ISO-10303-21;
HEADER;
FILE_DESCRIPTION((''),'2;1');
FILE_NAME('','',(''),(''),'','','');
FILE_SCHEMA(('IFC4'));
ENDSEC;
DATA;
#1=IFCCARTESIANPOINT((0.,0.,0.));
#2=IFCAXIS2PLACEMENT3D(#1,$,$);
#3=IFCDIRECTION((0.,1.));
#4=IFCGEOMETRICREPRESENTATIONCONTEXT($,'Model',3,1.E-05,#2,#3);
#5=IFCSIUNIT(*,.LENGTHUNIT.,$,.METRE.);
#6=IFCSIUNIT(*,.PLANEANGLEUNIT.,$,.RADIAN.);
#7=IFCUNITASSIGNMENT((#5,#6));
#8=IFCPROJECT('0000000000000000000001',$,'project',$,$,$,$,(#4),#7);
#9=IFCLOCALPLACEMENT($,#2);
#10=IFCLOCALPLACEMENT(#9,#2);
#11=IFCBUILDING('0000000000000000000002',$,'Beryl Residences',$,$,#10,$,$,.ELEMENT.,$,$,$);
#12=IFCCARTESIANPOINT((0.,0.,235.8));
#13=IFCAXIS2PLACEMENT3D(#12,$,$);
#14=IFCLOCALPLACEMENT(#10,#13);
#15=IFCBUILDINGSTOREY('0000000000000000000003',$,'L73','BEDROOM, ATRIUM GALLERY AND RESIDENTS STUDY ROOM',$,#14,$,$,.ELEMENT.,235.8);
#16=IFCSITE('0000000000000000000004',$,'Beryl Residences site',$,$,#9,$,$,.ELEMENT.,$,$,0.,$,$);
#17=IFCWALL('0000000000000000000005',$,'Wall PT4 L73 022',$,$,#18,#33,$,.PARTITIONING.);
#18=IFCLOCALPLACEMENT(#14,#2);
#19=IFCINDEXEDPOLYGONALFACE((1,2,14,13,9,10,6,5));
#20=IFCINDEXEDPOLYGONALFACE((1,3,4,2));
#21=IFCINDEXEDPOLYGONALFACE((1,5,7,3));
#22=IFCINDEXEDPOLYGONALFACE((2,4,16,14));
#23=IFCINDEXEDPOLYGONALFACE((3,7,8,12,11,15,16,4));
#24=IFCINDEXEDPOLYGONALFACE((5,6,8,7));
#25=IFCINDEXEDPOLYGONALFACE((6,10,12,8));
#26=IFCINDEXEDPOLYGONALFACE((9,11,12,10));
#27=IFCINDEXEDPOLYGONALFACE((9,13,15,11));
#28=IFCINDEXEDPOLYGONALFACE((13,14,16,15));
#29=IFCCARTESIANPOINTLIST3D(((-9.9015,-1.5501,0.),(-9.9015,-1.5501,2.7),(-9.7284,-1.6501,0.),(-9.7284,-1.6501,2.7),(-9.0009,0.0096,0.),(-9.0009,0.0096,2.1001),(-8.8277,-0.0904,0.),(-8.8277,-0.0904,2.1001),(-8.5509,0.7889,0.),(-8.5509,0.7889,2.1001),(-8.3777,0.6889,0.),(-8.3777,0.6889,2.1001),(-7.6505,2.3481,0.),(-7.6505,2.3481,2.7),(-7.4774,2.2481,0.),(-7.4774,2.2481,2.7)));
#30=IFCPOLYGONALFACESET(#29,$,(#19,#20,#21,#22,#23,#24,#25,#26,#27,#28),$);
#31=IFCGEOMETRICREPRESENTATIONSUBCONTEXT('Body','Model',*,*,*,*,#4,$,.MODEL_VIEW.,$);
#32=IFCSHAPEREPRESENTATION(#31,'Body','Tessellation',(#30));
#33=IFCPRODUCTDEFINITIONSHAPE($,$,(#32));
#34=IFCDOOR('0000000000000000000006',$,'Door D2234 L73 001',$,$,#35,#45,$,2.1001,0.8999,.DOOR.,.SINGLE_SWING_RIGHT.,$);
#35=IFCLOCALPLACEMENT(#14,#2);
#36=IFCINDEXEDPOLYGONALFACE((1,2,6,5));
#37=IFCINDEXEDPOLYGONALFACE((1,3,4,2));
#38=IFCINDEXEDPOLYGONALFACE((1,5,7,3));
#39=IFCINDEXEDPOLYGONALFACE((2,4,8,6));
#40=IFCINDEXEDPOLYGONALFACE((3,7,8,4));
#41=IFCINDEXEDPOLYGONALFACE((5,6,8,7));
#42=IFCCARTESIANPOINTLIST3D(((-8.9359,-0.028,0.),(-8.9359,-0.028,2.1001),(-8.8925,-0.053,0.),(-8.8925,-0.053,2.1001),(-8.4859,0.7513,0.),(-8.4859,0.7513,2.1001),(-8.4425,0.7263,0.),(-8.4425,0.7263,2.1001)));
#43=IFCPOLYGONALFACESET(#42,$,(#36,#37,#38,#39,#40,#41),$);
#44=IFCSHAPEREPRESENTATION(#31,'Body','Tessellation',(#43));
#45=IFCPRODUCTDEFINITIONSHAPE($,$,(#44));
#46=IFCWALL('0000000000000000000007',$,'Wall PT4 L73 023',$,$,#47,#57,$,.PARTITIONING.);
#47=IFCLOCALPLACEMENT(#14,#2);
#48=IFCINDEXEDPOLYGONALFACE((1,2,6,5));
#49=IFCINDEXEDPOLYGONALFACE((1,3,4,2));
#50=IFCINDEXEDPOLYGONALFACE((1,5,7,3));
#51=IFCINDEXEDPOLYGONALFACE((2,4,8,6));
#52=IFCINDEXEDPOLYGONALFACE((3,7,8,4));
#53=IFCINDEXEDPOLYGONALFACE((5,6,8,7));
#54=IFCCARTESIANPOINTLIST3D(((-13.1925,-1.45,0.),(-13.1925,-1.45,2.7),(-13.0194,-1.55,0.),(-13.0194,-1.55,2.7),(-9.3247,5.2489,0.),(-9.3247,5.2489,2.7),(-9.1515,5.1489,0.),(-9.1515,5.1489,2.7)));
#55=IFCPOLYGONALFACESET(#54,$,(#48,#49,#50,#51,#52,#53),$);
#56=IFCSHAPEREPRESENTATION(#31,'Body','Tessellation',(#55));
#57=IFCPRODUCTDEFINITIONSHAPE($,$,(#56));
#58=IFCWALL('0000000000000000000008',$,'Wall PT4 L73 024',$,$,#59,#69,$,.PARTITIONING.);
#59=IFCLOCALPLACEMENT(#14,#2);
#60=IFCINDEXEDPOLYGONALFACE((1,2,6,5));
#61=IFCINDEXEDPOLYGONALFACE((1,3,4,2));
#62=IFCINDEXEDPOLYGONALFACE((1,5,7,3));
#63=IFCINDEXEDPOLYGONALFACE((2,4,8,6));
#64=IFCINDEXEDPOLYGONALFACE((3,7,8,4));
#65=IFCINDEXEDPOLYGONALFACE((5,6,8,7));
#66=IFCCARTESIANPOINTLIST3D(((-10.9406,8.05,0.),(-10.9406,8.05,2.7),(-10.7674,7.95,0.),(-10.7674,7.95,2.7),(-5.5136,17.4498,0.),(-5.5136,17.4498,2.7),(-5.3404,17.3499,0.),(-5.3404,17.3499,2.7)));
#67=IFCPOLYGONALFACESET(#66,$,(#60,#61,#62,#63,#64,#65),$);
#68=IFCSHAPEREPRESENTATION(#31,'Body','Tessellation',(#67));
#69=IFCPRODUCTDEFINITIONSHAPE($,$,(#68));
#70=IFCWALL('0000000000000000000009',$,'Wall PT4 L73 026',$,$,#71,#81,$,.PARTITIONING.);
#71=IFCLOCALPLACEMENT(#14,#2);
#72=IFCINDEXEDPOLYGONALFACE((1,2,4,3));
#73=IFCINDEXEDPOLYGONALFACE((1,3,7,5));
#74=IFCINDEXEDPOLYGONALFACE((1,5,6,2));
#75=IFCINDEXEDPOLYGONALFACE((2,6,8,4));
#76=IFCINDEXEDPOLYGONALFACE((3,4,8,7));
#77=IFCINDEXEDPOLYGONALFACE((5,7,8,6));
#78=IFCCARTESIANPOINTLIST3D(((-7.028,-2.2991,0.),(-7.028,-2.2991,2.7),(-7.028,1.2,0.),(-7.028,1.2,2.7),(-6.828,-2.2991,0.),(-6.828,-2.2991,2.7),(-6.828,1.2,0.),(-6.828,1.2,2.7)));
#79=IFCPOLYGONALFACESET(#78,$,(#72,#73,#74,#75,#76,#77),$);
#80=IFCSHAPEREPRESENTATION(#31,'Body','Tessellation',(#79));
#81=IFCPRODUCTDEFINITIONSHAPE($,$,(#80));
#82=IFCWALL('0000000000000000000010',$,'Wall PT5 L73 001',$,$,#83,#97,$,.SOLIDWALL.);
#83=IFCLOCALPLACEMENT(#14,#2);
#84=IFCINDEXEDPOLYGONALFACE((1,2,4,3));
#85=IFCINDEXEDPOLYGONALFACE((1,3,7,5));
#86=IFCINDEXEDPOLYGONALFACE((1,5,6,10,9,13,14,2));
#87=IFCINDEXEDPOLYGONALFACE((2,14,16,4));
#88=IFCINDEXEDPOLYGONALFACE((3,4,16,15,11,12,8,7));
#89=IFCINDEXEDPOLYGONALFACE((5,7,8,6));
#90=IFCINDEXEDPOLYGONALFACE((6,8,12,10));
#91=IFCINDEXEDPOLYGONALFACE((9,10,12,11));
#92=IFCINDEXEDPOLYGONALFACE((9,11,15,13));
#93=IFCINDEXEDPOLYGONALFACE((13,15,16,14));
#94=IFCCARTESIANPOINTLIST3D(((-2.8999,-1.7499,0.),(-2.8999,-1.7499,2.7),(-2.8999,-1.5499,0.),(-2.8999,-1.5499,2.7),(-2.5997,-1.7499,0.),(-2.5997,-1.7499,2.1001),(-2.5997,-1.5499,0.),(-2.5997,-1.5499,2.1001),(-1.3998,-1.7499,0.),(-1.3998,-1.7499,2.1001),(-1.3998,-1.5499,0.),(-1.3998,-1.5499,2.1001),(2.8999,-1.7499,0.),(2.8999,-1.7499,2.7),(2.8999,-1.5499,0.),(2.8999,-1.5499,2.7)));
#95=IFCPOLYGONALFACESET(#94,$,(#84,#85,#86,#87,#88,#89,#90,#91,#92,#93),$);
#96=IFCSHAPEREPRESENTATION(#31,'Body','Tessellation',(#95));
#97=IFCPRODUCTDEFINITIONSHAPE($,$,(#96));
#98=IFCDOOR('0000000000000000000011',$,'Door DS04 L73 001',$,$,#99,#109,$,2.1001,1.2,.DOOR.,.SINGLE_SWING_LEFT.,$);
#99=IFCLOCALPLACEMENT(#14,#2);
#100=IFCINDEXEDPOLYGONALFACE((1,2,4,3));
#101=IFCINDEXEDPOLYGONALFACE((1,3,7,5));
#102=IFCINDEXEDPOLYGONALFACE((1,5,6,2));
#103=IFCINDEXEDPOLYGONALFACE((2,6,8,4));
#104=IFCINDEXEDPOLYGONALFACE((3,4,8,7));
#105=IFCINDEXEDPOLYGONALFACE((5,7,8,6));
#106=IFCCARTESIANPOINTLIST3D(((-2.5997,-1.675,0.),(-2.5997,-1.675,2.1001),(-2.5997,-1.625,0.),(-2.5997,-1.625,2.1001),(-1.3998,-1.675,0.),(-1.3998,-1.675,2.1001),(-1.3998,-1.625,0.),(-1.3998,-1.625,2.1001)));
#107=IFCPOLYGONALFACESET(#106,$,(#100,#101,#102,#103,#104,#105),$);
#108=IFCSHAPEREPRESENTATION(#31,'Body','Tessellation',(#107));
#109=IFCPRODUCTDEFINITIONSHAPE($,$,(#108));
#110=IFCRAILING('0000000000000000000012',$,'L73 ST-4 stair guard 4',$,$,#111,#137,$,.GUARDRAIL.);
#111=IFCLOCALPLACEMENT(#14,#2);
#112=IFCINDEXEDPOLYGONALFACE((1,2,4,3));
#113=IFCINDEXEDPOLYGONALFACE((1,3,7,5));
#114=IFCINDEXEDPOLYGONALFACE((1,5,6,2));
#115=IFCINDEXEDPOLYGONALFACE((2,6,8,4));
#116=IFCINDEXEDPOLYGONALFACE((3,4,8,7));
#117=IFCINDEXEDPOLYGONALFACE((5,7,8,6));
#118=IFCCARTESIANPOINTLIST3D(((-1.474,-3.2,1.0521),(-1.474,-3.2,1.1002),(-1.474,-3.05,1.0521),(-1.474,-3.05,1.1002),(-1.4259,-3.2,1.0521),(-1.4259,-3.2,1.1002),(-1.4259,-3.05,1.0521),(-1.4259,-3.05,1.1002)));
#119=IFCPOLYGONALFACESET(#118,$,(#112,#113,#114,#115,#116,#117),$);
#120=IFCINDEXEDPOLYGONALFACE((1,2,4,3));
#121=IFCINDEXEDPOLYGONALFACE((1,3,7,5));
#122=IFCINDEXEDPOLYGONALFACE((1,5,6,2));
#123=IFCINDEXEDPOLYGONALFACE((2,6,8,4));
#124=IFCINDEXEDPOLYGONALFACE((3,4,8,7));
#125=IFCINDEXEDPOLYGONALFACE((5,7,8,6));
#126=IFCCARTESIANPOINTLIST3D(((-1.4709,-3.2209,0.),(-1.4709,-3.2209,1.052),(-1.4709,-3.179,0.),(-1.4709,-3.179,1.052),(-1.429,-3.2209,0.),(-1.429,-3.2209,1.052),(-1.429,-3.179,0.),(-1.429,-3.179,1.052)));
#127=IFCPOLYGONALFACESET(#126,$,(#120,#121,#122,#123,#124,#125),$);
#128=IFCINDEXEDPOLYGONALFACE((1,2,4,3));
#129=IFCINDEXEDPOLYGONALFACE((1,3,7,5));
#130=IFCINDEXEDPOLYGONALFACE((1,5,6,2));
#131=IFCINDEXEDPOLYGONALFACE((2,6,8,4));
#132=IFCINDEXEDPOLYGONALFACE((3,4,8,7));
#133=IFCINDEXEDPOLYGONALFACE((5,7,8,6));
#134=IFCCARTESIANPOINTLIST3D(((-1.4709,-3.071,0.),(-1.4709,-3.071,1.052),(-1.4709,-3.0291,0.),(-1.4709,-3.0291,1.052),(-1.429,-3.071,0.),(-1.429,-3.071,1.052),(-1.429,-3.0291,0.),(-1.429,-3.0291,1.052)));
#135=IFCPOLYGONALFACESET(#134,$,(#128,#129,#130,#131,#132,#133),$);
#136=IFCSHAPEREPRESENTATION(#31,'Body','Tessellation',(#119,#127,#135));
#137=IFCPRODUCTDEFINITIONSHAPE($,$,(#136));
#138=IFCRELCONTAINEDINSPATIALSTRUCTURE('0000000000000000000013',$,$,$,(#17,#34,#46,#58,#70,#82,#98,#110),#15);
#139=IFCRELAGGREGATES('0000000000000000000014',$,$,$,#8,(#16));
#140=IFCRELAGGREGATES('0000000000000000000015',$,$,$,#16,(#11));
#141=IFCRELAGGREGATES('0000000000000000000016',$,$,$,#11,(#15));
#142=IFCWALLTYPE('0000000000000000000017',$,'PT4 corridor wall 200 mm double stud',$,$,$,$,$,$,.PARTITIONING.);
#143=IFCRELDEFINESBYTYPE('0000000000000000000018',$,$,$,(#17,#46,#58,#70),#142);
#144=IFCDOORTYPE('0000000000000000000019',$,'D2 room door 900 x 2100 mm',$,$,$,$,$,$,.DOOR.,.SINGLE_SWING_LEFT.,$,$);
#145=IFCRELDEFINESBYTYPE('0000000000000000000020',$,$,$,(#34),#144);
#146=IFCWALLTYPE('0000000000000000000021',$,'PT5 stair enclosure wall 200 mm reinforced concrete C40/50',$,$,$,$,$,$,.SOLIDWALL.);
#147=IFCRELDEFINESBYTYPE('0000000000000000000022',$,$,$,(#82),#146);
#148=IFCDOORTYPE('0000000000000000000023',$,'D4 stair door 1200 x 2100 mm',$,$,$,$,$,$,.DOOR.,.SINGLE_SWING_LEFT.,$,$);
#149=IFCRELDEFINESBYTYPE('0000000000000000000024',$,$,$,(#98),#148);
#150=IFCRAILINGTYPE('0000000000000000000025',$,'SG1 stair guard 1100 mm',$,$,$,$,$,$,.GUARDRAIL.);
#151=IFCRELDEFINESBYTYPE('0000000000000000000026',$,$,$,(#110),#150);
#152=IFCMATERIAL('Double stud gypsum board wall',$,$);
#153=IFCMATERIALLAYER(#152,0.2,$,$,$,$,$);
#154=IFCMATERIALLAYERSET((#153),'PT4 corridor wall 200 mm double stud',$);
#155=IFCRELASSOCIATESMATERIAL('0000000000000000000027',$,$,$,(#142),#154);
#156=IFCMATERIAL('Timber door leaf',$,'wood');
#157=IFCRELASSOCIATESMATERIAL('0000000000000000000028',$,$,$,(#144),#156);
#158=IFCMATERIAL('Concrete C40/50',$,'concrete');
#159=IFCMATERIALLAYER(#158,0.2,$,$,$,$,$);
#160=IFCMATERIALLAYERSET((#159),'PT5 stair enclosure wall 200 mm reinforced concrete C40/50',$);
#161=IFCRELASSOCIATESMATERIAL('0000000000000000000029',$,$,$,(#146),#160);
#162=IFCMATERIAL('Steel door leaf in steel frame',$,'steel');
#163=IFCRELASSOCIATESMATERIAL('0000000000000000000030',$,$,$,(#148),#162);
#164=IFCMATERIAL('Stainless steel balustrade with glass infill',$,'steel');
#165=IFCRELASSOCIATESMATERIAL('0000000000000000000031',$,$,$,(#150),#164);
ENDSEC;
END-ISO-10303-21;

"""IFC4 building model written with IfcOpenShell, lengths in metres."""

from ifc_helpers import new_model, si_unit, direction, frame, frame_2d, origin, origin_2d, place, context, subcontext, project, spatial, rectangle, extrude, material, layer, layer_set, type_object, element, fill, save


model = new_model("IFC4")

# Units and contexts
model_context = context("Model", 3, precision=1e-05, world=origin(), true_north=direction((0.0, 1.0)))
body_context = subcontext(model_context, "Body", "Model", "MODEL_VIEW")
ifc_project = project(units=[si_unit("LENGTHUNIT", "METRE"), si_unit("PLANEANGLEUNIT", "RADIAN")], contexts=[model_context])

# Site, building, storey
site_placement = place(None, origin())
site = spatial("IfcSite", under=ifc_project, at=site_placement, Name="Beryl Residences site", CompositionType="ELEMENT", RefElevation=0.0)
building_placement = place(site_placement, origin())
building = spatial("IfcBuilding", under=site, at=building_placement, Name="Beryl Residences", CompositionType="ELEMENT")
storey_placement = place(building_placement, frame((0.0, 0.0, 235.8)))
storey = spatial("IfcBuildingStorey", under=building, at=storey_placement, Name="L73", Description="BEDROOM, ATRIUM GALLERY AND RESIDENTS STUDY ROOM", CompositionType="ELEMENT", Elevation=235.8)

# Shared definitions
ifc_material_1 = material(Name="Double stud gypsum board wall")
ifc_layer_1 = layer(ifc_material_1, 0.2)
ifc_layer_set_1 = layer_set([ifc_layer_1], Name="PT4 corridor wall 200 mm double stud")
wall_type_1 = type_object("IfcWallType", Name="PT4 corridor wall 200 mm double stud", PredefinedType="PARTITIONING", material=ifc_layer_set_1)

# Wall, opening, door
wall_1_placement = place(storey_placement, frame((-9.8149, -1.6001, 0.0), z_axis=(0.0, 0.0, 1.0), x_axis=(0.500059, 0.865991, 0.0)))
wall_1 = element("IfcWall", 1, at=wall_1_placement, inside=storey, type_object=wall_type_1, Name="Wall PT4 L73 022", PredefinedType="PARTITIONING", context=body_context, shape_type="SweptSolid", body=[
    extrude(rectangle(XDim=4.5015, YDim=0.2, at=frame_2d((2.2507, 0.0))), origin(), (0.0, 0.0, 1.0), 2.7),
])
opening_1_placement = place(wall_1_placement, frame((1.801, 0.0, 0.0)))
opening_1 = element("IfcOpeningElement", 2, at=opening_1_placement, cuts=wall_1, PredefinedType="OPENING", context=body_context, shape_type="SweptSolid", body=[
    extrude(rectangle(XDim=0.8999, YDim=2.1001, at=frame_2d((0.45, 1.05))), frame((0.0, 0.1099, 0.0), z_axis=(0.0, -1.0, 0.0), x_axis=(1.0, 0.0, 0.0)), (0.0, 0.0, 1.0), 0.22),
])
ifc_material_2 = material(Name="Timber door leaf", Category="wood")
door_type_1 = type_object("IfcDoorType", Name="D2 room door 900 x 2100 mm", OperationType="SINGLE_SWING_LEFT", PredefinedType="DOOR", material=ifc_material_2)
door_1_placement = place(opening_1_placement, origin())
door_1 = element("IfcDoor", 3, at=door_1_placement, inside=storey, type_object=door_type_1, Name="Door D2234 L73 001", OperationType="SINGLE_SWING_RIGHT", OverallHeight=2.1001, OverallWidth=0.8999, PredefinedType="DOOR", context=body_context, shape_type="SweptSolid", body=[
    extrude(rectangle(XDim=0.8999, YDim=2.1001, at=frame_2d((0.45, 1.05))), frame((0.0, 0.0249, 0.0), z_axis=(0.0, -1.0, 0.0), x_axis=(1.0, 0.0, 0.0)), (0.0, 0.0, 1.0), 0.05),
])
fill(opening_1, door_1)

# Walls
wall_2_placement = place(storey_placement, frame((-13.106, -1.5, 0.0), z_axis=(0.0, 0.0, 1.0), x_axis=(0.500026, 0.866011, 0.0)))
element("IfcWall", 4, at=wall_2_placement, inside=storey, type_object=wall_type_1, Name="Wall PT4 L73 023", PredefinedType="PARTITIONING", context=body_context, shape_type="SweptSolid", body=[
    extrude(rectangle(XDim=7.7354, YDim=0.2, at=frame_2d((3.8677, 0.0))), origin(), (0.0, 0.0, 1.0), 2.7),
])
wall_3_placement = place(storey_placement, frame((-10.854, 8.0, 0.0), z_axis=(0.0, 0.0, 1.0), x_axis=(0.499998, 0.866027, 0.0)))
element("IfcWall", 5, at=wall_3_placement, inside=storey, type_object=wall_type_1, Name="Wall PT4 L73 024", PredefinedType="PARTITIONING", context=body_context, shape_type="SweptSolid", body=[
    extrude(rectangle(XDim=10.854, YDim=0.2, at=frame_2d((5.427, 0.0))), origin(), (0.0, 0.0, 1.0), 2.7),
])
wall_4_placement = place(storey_placement, frame((-6.928, -2.2991, 0.0), z_axis=(0.0, 0.0, 1.0), x_axis=(0.0, 1.0, 0.0)))
element("IfcWall", 6, at=wall_4_placement, inside=storey, type_object=wall_type_1, Name="Wall PT4 L73 026", PredefinedType="PARTITIONING", context=body_context, shape_type="SweptSolid", body=[
    extrude(rectangle(XDim=3.499, YDim=0.2, at=frame_2d((1.7495, 0.0))), origin(), (0.0, 0.0, 1.0), 2.7),
])

# Wall, opening, door
ifc_material_3 = material(Name="Concrete C40/50", Category="concrete")
ifc_layer_2 = layer(ifc_material_3, 0.2)
ifc_layer_set_2 = layer_set([ifc_layer_2], Name="PT5 stair enclosure wall 200 mm reinforced concrete C40/50")
wall_type_2 = type_object("IfcWallType", Name="PT5 stair enclosure wall 200 mm reinforced concrete C40/50", PredefinedType="SOLIDWALL", material=ifc_layer_set_2)
wall_5_placement = place(storey_placement, frame((-2.8999, -1.6499, 0.0), z_axis=(0.0, 0.0, 1.0), x_axis=(1.0, 0.0, 0.0)))
wall_5 = element("IfcWall", 7, at=wall_5_placement, inside=storey, type_object=wall_type_2, Name="Wall PT5 L73 001", PredefinedType="SOLIDWALL", context=body_context, shape_type="SweptSolid", body=[
    extrude(rectangle(XDim=5.7998, YDim=0.2, at=frame_2d((2.8999, 0.0))), origin(), (0.0, 0.0, 1.0), 2.7),
])
opening_2_placement = place(wall_5_placement, frame((0.3, 0.0, 0.0)))
opening_2 = element("IfcOpeningElement", 8, at=opening_2_placement, cuts=wall_5, PredefinedType="OPENING", context=body_context, shape_type="SweptSolid", body=[
    extrude(rectangle(XDim=1.2, YDim=2.1001, at=frame_2d((0.6001, 1.05))), frame((0.0, 0.1099, 0.0), z_axis=(0.0, -1.0, 0.0), x_axis=(1.0, 0.0, 0.0)), (0.0, 0.0, 1.0), 0.22),
])
ifc_material_4 = material(Name="Steel door leaf in steel frame", Category="steel")
door_type_2 = type_object("IfcDoorType", Name="D4 stair door 1200 x 2100 mm", OperationType="SINGLE_SWING_LEFT", PredefinedType="DOOR", material=ifc_material_4)
door_2_placement = place(opening_2_placement, origin())
door_2 = element("IfcDoor", 9, at=door_2_placement, inside=storey, type_object=door_type_2, Name="Door DS04 L73 001", OperationType="SINGLE_SWING_LEFT", OverallHeight=2.1001, OverallWidth=1.2, PredefinedType="DOOR", context=body_context, shape_type="SweptSolid", body=[
    extrude(rectangle(XDim=1.2, YDim=2.1001, at=frame_2d((0.6001, 1.05))), frame((0.0, 0.0249, 0.0), z_axis=(0.0, -1.0, 0.0), x_axis=(1.0, 0.0, 0.0)), (0.0, 0.0, 1.0), 0.05),
])
fill(opening_2, door_2)

# Railing
ifc_material_5 = material(Name="Stainless steel balustrade with glass infill", Category="steel")
railing_type = type_object("IfcRailingType", Name="SG1 stair guard 1100 mm", PredefinedType="GUARDRAIL", material=ifc_material_5)
railing_placement = place(storey_placement, frame((-1.45, -3.2, 0.0)))
element("IfcRailing", 10, at=railing_placement, inside=storey, type_object=railing_type, Name="L73 ST-4 stair guard 4", PredefinedType="GUARDRAIL", context=body_context, shape_type="SweptSolid", body=[
    extrude(rectangle(XDim=0.0481, YDim=0.0481, at=origin_2d()), frame((0.0, 0.0, 1.0762), z_axis=(0.0, 1.0, 0.0), x_axis=(-1.0, 0.0, 0.0)), (0.0, 0.0, 1.0), 0.1499),
    extrude(rectangle(XDim=0.042, YDim=0.042, at=origin_2d()), origin(), (0.0, 0.0, 1.0), 1.052),
    extrude(rectangle(XDim=0.042, YDim=0.042, at=origin_2d()), frame((0.0, 0.1499, 0.0)), (0.0, 0.0, 1.0), 1.052),
])

save(model, "model.ifc")
